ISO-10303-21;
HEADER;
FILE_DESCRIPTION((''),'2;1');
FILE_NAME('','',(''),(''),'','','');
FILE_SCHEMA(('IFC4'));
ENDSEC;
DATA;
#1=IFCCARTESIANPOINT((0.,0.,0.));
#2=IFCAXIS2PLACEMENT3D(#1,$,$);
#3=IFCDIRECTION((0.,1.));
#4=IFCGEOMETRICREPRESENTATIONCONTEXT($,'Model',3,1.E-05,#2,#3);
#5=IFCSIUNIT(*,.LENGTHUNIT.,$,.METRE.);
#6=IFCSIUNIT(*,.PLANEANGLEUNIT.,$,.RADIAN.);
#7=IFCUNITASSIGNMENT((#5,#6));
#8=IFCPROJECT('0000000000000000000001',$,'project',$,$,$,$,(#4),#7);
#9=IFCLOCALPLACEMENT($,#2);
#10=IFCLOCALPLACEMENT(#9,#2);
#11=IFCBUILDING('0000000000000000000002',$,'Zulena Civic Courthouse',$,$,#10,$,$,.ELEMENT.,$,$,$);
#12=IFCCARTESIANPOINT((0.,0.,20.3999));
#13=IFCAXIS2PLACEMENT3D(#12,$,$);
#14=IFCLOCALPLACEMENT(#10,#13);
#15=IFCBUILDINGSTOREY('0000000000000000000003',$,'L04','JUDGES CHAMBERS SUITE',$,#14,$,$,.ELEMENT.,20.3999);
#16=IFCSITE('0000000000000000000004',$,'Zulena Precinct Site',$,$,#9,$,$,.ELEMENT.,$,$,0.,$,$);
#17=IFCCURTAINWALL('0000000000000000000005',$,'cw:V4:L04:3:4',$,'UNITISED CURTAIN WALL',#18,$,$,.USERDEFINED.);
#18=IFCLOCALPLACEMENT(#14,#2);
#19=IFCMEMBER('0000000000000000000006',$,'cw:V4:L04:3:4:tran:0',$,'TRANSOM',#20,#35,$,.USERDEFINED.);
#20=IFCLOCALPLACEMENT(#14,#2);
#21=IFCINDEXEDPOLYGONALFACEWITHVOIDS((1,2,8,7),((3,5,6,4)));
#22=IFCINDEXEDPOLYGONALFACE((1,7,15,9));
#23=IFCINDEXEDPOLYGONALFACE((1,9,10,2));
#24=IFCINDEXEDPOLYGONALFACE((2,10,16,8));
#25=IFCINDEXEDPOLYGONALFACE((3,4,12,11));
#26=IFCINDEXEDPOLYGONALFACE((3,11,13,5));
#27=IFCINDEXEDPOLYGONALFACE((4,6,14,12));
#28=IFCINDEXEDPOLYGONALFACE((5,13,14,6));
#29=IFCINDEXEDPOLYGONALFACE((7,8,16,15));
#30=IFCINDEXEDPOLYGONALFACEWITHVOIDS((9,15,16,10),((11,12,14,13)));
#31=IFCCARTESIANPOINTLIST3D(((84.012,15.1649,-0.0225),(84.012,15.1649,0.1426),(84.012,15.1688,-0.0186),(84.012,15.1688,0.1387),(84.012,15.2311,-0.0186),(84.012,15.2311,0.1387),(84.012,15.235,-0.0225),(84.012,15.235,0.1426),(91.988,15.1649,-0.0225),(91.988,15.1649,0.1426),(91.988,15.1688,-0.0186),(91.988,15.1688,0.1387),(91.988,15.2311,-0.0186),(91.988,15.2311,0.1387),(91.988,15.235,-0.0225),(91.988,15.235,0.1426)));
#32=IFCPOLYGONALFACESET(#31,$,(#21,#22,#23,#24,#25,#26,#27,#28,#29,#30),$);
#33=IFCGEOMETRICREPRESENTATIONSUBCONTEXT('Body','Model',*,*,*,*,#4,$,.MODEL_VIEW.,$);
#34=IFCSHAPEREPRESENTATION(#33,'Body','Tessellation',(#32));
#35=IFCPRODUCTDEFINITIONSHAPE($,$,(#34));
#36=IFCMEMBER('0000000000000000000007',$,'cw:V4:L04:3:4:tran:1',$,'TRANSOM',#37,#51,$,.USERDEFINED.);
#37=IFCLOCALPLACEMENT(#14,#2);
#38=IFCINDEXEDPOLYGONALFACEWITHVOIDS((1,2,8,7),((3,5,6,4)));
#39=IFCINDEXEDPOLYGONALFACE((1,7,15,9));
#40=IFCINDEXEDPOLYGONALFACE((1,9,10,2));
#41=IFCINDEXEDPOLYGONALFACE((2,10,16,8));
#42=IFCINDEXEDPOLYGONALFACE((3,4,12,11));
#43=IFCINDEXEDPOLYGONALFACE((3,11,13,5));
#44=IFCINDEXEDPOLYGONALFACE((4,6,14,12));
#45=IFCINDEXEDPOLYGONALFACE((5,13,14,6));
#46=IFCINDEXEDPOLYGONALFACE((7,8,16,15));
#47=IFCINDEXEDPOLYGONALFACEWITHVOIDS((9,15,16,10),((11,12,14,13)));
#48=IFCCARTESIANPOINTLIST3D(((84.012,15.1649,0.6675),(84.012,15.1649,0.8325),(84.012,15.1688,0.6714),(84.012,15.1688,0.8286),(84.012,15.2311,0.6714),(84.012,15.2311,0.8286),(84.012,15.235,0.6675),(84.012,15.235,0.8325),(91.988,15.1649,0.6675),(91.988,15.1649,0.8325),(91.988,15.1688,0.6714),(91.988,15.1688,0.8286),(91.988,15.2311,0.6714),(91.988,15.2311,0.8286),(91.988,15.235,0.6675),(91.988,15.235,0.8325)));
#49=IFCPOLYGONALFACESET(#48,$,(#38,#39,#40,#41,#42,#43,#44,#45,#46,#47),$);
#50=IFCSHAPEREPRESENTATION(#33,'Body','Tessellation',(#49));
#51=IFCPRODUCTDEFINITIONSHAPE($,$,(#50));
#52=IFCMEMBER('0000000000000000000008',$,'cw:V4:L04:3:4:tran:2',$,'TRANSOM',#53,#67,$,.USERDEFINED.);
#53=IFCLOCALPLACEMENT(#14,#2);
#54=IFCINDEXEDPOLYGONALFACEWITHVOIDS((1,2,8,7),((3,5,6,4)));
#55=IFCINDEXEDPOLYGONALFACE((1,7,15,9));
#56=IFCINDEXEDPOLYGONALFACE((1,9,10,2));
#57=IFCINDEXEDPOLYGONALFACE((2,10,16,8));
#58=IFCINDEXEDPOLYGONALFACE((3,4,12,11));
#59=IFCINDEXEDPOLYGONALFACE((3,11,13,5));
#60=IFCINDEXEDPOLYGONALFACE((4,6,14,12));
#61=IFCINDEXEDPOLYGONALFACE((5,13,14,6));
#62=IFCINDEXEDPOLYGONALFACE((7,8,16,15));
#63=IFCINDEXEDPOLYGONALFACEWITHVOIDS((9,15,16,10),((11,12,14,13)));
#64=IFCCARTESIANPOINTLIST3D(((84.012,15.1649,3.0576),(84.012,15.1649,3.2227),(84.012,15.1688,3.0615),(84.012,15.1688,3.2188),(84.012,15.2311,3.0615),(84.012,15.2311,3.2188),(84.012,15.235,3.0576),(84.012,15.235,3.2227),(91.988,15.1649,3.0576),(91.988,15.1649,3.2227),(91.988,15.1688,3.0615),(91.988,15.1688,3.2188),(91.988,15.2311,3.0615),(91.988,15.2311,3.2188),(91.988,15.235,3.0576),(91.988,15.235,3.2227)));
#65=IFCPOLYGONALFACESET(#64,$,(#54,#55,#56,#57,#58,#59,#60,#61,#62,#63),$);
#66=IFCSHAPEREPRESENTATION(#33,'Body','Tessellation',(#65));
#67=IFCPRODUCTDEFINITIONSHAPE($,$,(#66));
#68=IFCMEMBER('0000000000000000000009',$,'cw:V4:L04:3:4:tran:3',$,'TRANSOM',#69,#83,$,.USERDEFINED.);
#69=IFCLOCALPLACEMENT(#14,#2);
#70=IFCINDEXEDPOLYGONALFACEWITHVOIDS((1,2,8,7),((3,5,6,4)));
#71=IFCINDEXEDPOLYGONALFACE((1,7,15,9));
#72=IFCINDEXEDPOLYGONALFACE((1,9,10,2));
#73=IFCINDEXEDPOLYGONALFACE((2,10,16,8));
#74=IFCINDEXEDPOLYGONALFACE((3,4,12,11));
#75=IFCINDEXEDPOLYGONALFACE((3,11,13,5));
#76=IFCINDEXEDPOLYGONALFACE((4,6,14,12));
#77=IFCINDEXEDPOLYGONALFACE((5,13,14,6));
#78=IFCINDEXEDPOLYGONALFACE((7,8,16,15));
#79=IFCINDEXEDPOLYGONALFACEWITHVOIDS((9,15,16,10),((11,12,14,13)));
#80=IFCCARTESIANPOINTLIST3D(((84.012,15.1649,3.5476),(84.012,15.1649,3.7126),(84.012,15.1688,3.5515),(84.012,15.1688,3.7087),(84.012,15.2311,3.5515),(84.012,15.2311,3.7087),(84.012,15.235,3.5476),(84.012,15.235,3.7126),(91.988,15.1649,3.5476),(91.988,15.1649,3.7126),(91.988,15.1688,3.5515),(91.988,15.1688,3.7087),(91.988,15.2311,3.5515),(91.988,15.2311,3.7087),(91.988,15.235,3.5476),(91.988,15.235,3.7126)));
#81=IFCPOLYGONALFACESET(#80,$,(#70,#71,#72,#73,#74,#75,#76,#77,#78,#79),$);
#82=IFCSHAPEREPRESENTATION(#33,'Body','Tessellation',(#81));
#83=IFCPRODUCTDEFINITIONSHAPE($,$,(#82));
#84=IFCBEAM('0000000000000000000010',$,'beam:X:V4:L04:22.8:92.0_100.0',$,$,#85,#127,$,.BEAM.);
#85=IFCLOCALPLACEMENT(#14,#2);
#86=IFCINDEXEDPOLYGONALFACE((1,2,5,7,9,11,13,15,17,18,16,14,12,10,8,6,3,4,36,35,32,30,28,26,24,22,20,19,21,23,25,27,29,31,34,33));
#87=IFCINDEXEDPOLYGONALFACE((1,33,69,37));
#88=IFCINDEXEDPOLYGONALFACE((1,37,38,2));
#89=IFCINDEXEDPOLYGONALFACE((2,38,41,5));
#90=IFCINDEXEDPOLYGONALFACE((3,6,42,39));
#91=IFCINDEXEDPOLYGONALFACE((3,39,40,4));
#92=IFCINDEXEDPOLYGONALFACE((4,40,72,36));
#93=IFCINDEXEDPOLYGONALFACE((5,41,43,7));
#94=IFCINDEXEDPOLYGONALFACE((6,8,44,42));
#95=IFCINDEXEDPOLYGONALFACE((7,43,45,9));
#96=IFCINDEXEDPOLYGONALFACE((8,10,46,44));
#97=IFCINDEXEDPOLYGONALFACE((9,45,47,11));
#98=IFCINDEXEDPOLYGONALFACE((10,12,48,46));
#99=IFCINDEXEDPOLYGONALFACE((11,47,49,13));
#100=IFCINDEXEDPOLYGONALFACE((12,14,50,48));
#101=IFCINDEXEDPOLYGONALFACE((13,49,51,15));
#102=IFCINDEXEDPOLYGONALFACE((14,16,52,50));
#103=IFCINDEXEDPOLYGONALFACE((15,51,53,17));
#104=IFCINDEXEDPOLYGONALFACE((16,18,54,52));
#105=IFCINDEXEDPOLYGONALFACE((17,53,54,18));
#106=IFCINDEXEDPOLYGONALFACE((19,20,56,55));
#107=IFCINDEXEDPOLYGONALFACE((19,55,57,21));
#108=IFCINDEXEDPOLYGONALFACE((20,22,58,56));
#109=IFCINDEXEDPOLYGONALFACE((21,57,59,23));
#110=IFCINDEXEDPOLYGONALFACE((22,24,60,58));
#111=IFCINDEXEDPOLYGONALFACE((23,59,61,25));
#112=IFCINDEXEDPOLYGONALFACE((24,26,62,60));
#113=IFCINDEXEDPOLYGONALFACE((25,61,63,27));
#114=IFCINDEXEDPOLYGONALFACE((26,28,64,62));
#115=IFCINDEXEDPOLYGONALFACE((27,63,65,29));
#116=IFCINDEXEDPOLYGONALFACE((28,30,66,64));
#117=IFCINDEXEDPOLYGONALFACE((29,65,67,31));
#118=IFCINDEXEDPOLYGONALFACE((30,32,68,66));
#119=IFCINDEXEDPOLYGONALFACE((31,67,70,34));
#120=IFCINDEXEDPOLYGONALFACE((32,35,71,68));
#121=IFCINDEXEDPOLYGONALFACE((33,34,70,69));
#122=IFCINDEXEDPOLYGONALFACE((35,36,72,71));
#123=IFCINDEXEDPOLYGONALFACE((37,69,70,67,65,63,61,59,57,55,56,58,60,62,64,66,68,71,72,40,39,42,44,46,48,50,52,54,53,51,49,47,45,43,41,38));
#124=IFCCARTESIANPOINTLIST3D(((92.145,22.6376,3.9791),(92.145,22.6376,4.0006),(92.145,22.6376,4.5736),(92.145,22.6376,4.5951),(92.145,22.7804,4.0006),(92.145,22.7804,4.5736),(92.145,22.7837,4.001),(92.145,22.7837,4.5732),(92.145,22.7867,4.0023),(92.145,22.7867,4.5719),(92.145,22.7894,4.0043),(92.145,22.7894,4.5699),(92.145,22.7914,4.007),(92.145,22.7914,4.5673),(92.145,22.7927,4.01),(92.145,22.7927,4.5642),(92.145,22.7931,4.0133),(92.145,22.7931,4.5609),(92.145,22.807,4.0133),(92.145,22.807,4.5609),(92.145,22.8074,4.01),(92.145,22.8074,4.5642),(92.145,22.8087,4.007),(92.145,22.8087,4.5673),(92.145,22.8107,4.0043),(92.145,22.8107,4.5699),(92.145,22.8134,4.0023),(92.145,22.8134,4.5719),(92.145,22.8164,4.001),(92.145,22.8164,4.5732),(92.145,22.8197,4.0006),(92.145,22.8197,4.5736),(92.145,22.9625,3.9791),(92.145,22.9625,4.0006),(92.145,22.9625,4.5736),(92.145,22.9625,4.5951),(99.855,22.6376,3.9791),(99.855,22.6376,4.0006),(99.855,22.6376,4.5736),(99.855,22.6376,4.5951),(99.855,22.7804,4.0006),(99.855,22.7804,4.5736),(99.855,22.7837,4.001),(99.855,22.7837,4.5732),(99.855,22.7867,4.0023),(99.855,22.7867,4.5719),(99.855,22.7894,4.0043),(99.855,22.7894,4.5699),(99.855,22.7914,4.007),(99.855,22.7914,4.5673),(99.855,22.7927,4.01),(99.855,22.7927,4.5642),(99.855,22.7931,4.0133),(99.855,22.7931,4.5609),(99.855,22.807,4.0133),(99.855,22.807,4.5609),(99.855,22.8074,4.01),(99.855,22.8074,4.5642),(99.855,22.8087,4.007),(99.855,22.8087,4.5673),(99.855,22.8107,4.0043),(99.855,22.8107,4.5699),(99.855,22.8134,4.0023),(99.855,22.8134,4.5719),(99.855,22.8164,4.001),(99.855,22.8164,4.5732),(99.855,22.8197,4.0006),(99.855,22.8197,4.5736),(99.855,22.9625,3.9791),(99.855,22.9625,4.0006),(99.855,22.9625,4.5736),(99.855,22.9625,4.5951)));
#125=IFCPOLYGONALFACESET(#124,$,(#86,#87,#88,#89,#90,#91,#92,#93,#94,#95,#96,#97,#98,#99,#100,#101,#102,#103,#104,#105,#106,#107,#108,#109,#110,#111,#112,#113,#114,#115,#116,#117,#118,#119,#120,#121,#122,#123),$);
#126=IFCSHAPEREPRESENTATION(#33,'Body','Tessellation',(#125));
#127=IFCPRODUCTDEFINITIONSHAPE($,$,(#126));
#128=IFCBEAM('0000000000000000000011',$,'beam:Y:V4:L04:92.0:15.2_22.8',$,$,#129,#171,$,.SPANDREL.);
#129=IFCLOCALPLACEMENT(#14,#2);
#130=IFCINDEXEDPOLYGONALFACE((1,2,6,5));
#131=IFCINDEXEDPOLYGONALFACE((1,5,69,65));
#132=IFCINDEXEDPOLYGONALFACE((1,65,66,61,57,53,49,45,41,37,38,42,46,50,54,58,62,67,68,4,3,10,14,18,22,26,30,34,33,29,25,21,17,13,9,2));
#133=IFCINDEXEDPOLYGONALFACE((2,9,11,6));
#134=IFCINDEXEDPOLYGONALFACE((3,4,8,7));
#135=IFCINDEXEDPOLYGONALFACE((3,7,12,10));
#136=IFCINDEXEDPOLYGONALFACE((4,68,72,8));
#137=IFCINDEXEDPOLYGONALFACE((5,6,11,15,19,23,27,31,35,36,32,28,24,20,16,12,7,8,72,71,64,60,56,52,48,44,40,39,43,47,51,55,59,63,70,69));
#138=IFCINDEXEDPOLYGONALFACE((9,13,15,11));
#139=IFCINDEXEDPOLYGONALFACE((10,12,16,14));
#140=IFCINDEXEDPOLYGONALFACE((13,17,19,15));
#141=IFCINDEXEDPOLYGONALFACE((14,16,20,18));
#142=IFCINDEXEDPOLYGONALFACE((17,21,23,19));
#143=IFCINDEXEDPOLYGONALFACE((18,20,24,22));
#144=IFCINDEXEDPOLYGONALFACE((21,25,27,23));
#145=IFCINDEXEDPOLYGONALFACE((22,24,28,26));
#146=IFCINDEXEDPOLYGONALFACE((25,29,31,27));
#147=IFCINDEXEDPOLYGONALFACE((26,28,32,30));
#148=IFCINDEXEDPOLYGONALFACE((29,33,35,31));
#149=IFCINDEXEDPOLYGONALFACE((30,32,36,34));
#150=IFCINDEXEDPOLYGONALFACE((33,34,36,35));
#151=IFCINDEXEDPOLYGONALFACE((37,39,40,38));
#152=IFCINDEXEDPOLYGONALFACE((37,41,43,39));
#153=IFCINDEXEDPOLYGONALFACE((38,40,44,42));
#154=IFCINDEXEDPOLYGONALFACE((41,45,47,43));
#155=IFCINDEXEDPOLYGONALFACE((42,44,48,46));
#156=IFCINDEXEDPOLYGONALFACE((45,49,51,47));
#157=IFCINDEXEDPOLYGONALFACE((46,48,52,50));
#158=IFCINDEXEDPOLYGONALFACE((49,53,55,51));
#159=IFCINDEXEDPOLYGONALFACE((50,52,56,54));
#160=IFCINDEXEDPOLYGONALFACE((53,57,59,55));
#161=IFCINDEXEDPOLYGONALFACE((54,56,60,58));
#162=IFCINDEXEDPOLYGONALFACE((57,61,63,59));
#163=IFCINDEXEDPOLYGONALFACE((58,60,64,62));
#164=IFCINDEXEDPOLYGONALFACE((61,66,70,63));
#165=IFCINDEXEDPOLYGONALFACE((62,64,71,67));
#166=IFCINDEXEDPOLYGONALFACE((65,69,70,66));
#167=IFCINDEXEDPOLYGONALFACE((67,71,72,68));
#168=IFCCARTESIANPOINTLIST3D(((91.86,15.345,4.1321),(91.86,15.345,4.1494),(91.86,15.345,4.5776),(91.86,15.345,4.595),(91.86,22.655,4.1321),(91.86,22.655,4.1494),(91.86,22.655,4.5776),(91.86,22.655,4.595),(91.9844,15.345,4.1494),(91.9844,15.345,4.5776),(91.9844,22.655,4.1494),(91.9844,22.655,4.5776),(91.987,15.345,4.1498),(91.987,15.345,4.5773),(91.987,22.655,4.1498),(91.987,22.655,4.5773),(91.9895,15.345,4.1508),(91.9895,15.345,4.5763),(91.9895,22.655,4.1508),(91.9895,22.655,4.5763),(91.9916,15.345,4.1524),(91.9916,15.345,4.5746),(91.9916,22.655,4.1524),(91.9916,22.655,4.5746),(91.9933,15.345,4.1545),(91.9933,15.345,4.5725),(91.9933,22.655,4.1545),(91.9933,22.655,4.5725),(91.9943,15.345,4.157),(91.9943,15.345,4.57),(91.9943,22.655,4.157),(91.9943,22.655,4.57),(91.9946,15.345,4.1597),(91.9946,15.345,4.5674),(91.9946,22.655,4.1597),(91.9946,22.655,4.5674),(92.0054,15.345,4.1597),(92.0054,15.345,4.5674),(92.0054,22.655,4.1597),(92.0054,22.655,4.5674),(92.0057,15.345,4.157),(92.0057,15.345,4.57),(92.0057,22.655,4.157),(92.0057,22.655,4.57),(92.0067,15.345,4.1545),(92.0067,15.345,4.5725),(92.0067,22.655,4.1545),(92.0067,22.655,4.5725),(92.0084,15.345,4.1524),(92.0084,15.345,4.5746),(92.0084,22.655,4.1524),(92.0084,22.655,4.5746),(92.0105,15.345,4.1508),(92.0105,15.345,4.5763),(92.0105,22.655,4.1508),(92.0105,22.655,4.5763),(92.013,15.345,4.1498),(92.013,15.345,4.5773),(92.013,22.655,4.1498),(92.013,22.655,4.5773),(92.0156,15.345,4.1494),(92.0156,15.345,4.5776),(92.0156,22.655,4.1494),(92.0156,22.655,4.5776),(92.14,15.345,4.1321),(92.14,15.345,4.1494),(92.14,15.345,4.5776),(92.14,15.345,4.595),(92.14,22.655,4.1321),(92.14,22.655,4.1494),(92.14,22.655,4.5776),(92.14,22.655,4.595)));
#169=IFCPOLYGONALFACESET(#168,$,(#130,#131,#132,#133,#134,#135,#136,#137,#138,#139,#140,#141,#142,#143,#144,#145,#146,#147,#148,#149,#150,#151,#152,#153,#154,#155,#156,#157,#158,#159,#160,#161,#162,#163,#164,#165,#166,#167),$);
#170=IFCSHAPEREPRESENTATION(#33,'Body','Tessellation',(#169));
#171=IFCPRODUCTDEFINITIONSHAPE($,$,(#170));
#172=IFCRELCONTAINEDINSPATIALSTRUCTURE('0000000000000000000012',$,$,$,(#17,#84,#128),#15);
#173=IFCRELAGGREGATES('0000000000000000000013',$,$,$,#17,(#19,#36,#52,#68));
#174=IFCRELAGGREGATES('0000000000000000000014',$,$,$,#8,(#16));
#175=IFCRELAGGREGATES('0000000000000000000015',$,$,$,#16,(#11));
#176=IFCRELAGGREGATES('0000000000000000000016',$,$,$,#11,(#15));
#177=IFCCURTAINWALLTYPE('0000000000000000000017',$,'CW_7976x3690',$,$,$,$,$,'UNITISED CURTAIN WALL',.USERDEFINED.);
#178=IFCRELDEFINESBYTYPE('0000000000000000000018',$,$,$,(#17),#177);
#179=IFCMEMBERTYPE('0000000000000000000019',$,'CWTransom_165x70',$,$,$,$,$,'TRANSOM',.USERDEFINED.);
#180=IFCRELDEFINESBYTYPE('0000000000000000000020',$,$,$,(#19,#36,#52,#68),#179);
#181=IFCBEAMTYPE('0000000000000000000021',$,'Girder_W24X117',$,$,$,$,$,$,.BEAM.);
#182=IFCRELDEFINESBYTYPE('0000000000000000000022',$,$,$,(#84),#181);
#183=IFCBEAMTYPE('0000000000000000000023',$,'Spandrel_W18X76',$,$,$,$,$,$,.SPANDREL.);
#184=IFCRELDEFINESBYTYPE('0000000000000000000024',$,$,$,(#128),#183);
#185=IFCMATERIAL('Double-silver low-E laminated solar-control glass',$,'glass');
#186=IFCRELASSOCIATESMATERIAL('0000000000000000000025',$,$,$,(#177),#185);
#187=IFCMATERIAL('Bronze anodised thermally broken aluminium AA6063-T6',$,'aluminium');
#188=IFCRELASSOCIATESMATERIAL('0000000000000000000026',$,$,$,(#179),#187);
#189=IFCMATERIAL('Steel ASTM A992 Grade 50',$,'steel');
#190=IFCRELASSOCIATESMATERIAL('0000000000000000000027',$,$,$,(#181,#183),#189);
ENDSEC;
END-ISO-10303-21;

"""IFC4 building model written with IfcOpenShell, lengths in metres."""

from ifc_helpers import new_model, si_unit, direction, frame, origin, origin_2d, place, context, subcontext, project, spatial, hollow_rectangle, i_section, extrude, material, material_profile, profile_set, type_object, element, aggregate, save


model = new_model("IFC4")

# Units and contexts
model_context = context("Model", 3, precision=1e-05, world=origin(), true_north=direction((0.0, 1.0)))
body_context = subcontext(model_context, "Body", "Model", "MODEL_VIEW")
ifc_project = project(units=[si_unit("LENGTHUNIT", "METRE"), si_unit("PLANEANGLEUNIT", "RADIAN")], contexts=[model_context])

# Site, building, storey
site_placement = place(None, origin())
site = spatial("IfcSite", under=ifc_project, at=site_placement, Name="Zulena Precinct Site", CompositionType="ELEMENT", RefElevation=0.0)
building_placement = place(site_placement, origin())
building = spatial("IfcBuilding", under=site, at=building_placement, Name="Zulena Civic Courthouse", CompositionType="ELEMENT")
storey_placement = place(building_placement, frame((0.0, 0.0, 20.3999)))
storey = spatial("IfcBuildingStorey", under=building, at=storey_placement, Name="L04", Description="JUDGES CHAMBERS SUITE", CompositionType="ELEMENT", Elevation=20.3999)

# Shared definitions
ifc_material_1 = material(Name="Steel ASTM A992 Grade 50", Category="steel")

# Curtain wall, members
ifc_material_2 = material(Name="Double-silver low-E laminated solar-control glass", Category="glass")
curtain_wall_type = type_object("IfcCurtainWallType", Name="CW_7976x3690", ElementType="UNITISED CURTAIN WALL", PredefinedType="USERDEFINED", material=ifc_material_2)
ifc_material_3 = material(Name="Bronze anodised thermally broken aluminium AA6063-T6", Category="aluminium")
curtain_wall_1_placement = place(storey_placement, origin())
curtain_wall_1 = element("IfcCurtainWall", 1, at=curtain_wall_1_placement, inside=storey, type_object=curtain_wall_type, Name="cw:V4:L04:3:4", ObjectType="UNITISED CURTAIN WALL", PredefinedType="USERDEFINED")
ifc_material_profile_1 = material_profile(ifc_material_3, hollow_rectangle(XDim=0.0701, YDim=0.165, WallThickness=0.0039, at=origin_2d()), Name="CWT165X70X4")
ifc_profile_set_1 = profile_set([ifc_material_profile_1], Name="Bronze anodised thermally broken aluminium AA6063-T6")
member_type_1 = type_object("IfcMemberType", Name="CWTransom_165x70", ElementType="TRANSOM", PredefinedType="USERDEFINED", material=ifc_profile_set_1)
member_1_placement = place(storey_placement, frame((91.988, 15.2, 0.0601), z_axis=(-1.0, 0.0, 0.0), x_axis=(0.0, -1.0, 0.0)))
member_1 = element("IfcMember", 2, at=member_1_placement, type_object=member_type_1, Name="cw:V4:L04:3:4:tran:0", ObjectType="TRANSOM", PredefinedType="USERDEFINED", context=body_context, shape_type="SweptSolid", body=[
    extrude(hollow_rectangle(XDim=0.0701, YDim=0.165, WallThickness=0.0039, at=origin_2d()), origin(), (0.0, 0.0, 1.0), 7.9761),
])
member_2_placement = place(storey_placement, frame((91.988, 15.2, 0.75), z_axis=(-1.0, 0.0, 0.0), x_axis=(0.0, -1.0, 0.0)))
member_2 = element("IfcMember", 3, at=member_2_placement, type_object=member_type_1, Name="cw:V4:L04:3:4:tran:1", ObjectType="TRANSOM", PredefinedType="USERDEFINED", context=body_context, shape_type="SweptSolid", body=[
    extrude(hollow_rectangle(XDim=0.0701, YDim=0.165, WallThickness=0.0039, at=origin_2d()), origin(), (0.0, 0.0, 1.0), 7.9761),
])
member_3_placement = place(storey_placement, frame((91.988, 15.2, 3.1401), z_axis=(-1.0, 0.0, 0.0), x_axis=(0.0, -1.0, 0.0)))
member_3 = element("IfcMember", 4, at=member_3_placement, type_object=member_type_1, Name="cw:V4:L04:3:4:tran:2", ObjectType="TRANSOM", PredefinedType="USERDEFINED", context=body_context, shape_type="SweptSolid", body=[
    extrude(hollow_rectangle(XDim=0.0701, YDim=0.165, WallThickness=0.0039, at=origin_2d()), origin(), (0.0, 0.0, 1.0), 7.9761),
])
member_4_placement = place(storey_placement, frame((91.988, 15.2, 3.6301), z_axis=(-1.0, 0.0, 0.0), x_axis=(0.0, -1.0, 0.0)))
member_4 = element("IfcMember", 5, at=member_4_placement, type_object=member_type_1, Name="cw:V4:L04:3:4:tran:3", ObjectType="TRANSOM", PredefinedType="USERDEFINED", context=body_context, shape_type="SweptSolid", body=[
    extrude(hollow_rectangle(XDim=0.0701, YDim=0.165, WallThickness=0.0039, at=origin_2d()), origin(), (0.0, 0.0, 1.0), 7.9761),
])

# Beams
ifc_material_profile_2 = material_profile(ifc_material_1, i_section(OverallWidth=0.325, OverallDepth=0.616, WebThickness=0.0139, FlangeThickness=0.0215, FilletRadius=0.0127, at=origin_2d()), Name="W24X117")
ifc_profile_set_2 = profile_set([ifc_material_profile_2], Name="Steel ASTM A992 Grade 50")
beam_type_1 = type_object("IfcBeamType", Name="Girder_W24X117", PredefinedType="BEAM", material=ifc_profile_set_2)
beam_1_placement = place(storey_placement, frame((92.145, 22.8, 4.2871), z_axis=(1.0, 0.0, 0.0), x_axis=(0.0, 1.0, 0.0)))
element("IfcBeam", 6, at=beam_1_placement, inside=storey, type_object=beam_type_1, Name="beam:X:V4:L04:22.8:92.0_100.0", PredefinedType="BEAM", context=body_context, shape_type="SweptSolid", body=[
    extrude(i_section(OverallWidth=0.325, OverallDepth=0.616, WebThickness=0.0139, FlangeThickness=0.0215, FilletRadius=0.0127, at=origin_2d()), origin(), (0.0, 0.0, 1.0), 7.71),
])
ifc_material_profile_3 = material_profile(ifc_material_1, i_section(OverallWidth=0.28, OverallDepth=0.4629, WebThickness=0.0107, FlangeThickness=0.0173, FilletRadius=0.0103, at=origin_2d()), Name="W18X76")
ifc_profile_set_3 = profile_set([ifc_material_profile_3], Name="Steel ASTM A992 Grade 50")
beam_type_2 = type_object("IfcBeamType", Name="Spandrel_W18X76", PredefinedType="SPANDREL", material=ifc_profile_set_3)
beam_2_placement = place(storey_placement, frame((92.0, 15.345, 4.3635), z_axis=(0.0, 1.0, 0.0), x_axis=(-1.0, 0.0, 0.0)))
element("IfcBeam", 7, at=beam_2_placement, inside=storey, type_object=beam_type_2, Name="beam:Y:V4:L04:92.0:15.2_22.8", PredefinedType="SPANDREL", context=body_context, shape_type="SweptSolid", body=[
    extrude(i_section(OverallWidth=0.28, OverallDepth=0.4629, WebThickness=0.0107, FlangeThickness=0.0173, FilletRadius=0.0103, at=origin_2d()), origin(), (0.0, 0.0, 1.0), 7.3101),
])

aggregate(curtain_wall_1, [member_1, member_2, member_3, member_4])

save(model, "model.ifc")
